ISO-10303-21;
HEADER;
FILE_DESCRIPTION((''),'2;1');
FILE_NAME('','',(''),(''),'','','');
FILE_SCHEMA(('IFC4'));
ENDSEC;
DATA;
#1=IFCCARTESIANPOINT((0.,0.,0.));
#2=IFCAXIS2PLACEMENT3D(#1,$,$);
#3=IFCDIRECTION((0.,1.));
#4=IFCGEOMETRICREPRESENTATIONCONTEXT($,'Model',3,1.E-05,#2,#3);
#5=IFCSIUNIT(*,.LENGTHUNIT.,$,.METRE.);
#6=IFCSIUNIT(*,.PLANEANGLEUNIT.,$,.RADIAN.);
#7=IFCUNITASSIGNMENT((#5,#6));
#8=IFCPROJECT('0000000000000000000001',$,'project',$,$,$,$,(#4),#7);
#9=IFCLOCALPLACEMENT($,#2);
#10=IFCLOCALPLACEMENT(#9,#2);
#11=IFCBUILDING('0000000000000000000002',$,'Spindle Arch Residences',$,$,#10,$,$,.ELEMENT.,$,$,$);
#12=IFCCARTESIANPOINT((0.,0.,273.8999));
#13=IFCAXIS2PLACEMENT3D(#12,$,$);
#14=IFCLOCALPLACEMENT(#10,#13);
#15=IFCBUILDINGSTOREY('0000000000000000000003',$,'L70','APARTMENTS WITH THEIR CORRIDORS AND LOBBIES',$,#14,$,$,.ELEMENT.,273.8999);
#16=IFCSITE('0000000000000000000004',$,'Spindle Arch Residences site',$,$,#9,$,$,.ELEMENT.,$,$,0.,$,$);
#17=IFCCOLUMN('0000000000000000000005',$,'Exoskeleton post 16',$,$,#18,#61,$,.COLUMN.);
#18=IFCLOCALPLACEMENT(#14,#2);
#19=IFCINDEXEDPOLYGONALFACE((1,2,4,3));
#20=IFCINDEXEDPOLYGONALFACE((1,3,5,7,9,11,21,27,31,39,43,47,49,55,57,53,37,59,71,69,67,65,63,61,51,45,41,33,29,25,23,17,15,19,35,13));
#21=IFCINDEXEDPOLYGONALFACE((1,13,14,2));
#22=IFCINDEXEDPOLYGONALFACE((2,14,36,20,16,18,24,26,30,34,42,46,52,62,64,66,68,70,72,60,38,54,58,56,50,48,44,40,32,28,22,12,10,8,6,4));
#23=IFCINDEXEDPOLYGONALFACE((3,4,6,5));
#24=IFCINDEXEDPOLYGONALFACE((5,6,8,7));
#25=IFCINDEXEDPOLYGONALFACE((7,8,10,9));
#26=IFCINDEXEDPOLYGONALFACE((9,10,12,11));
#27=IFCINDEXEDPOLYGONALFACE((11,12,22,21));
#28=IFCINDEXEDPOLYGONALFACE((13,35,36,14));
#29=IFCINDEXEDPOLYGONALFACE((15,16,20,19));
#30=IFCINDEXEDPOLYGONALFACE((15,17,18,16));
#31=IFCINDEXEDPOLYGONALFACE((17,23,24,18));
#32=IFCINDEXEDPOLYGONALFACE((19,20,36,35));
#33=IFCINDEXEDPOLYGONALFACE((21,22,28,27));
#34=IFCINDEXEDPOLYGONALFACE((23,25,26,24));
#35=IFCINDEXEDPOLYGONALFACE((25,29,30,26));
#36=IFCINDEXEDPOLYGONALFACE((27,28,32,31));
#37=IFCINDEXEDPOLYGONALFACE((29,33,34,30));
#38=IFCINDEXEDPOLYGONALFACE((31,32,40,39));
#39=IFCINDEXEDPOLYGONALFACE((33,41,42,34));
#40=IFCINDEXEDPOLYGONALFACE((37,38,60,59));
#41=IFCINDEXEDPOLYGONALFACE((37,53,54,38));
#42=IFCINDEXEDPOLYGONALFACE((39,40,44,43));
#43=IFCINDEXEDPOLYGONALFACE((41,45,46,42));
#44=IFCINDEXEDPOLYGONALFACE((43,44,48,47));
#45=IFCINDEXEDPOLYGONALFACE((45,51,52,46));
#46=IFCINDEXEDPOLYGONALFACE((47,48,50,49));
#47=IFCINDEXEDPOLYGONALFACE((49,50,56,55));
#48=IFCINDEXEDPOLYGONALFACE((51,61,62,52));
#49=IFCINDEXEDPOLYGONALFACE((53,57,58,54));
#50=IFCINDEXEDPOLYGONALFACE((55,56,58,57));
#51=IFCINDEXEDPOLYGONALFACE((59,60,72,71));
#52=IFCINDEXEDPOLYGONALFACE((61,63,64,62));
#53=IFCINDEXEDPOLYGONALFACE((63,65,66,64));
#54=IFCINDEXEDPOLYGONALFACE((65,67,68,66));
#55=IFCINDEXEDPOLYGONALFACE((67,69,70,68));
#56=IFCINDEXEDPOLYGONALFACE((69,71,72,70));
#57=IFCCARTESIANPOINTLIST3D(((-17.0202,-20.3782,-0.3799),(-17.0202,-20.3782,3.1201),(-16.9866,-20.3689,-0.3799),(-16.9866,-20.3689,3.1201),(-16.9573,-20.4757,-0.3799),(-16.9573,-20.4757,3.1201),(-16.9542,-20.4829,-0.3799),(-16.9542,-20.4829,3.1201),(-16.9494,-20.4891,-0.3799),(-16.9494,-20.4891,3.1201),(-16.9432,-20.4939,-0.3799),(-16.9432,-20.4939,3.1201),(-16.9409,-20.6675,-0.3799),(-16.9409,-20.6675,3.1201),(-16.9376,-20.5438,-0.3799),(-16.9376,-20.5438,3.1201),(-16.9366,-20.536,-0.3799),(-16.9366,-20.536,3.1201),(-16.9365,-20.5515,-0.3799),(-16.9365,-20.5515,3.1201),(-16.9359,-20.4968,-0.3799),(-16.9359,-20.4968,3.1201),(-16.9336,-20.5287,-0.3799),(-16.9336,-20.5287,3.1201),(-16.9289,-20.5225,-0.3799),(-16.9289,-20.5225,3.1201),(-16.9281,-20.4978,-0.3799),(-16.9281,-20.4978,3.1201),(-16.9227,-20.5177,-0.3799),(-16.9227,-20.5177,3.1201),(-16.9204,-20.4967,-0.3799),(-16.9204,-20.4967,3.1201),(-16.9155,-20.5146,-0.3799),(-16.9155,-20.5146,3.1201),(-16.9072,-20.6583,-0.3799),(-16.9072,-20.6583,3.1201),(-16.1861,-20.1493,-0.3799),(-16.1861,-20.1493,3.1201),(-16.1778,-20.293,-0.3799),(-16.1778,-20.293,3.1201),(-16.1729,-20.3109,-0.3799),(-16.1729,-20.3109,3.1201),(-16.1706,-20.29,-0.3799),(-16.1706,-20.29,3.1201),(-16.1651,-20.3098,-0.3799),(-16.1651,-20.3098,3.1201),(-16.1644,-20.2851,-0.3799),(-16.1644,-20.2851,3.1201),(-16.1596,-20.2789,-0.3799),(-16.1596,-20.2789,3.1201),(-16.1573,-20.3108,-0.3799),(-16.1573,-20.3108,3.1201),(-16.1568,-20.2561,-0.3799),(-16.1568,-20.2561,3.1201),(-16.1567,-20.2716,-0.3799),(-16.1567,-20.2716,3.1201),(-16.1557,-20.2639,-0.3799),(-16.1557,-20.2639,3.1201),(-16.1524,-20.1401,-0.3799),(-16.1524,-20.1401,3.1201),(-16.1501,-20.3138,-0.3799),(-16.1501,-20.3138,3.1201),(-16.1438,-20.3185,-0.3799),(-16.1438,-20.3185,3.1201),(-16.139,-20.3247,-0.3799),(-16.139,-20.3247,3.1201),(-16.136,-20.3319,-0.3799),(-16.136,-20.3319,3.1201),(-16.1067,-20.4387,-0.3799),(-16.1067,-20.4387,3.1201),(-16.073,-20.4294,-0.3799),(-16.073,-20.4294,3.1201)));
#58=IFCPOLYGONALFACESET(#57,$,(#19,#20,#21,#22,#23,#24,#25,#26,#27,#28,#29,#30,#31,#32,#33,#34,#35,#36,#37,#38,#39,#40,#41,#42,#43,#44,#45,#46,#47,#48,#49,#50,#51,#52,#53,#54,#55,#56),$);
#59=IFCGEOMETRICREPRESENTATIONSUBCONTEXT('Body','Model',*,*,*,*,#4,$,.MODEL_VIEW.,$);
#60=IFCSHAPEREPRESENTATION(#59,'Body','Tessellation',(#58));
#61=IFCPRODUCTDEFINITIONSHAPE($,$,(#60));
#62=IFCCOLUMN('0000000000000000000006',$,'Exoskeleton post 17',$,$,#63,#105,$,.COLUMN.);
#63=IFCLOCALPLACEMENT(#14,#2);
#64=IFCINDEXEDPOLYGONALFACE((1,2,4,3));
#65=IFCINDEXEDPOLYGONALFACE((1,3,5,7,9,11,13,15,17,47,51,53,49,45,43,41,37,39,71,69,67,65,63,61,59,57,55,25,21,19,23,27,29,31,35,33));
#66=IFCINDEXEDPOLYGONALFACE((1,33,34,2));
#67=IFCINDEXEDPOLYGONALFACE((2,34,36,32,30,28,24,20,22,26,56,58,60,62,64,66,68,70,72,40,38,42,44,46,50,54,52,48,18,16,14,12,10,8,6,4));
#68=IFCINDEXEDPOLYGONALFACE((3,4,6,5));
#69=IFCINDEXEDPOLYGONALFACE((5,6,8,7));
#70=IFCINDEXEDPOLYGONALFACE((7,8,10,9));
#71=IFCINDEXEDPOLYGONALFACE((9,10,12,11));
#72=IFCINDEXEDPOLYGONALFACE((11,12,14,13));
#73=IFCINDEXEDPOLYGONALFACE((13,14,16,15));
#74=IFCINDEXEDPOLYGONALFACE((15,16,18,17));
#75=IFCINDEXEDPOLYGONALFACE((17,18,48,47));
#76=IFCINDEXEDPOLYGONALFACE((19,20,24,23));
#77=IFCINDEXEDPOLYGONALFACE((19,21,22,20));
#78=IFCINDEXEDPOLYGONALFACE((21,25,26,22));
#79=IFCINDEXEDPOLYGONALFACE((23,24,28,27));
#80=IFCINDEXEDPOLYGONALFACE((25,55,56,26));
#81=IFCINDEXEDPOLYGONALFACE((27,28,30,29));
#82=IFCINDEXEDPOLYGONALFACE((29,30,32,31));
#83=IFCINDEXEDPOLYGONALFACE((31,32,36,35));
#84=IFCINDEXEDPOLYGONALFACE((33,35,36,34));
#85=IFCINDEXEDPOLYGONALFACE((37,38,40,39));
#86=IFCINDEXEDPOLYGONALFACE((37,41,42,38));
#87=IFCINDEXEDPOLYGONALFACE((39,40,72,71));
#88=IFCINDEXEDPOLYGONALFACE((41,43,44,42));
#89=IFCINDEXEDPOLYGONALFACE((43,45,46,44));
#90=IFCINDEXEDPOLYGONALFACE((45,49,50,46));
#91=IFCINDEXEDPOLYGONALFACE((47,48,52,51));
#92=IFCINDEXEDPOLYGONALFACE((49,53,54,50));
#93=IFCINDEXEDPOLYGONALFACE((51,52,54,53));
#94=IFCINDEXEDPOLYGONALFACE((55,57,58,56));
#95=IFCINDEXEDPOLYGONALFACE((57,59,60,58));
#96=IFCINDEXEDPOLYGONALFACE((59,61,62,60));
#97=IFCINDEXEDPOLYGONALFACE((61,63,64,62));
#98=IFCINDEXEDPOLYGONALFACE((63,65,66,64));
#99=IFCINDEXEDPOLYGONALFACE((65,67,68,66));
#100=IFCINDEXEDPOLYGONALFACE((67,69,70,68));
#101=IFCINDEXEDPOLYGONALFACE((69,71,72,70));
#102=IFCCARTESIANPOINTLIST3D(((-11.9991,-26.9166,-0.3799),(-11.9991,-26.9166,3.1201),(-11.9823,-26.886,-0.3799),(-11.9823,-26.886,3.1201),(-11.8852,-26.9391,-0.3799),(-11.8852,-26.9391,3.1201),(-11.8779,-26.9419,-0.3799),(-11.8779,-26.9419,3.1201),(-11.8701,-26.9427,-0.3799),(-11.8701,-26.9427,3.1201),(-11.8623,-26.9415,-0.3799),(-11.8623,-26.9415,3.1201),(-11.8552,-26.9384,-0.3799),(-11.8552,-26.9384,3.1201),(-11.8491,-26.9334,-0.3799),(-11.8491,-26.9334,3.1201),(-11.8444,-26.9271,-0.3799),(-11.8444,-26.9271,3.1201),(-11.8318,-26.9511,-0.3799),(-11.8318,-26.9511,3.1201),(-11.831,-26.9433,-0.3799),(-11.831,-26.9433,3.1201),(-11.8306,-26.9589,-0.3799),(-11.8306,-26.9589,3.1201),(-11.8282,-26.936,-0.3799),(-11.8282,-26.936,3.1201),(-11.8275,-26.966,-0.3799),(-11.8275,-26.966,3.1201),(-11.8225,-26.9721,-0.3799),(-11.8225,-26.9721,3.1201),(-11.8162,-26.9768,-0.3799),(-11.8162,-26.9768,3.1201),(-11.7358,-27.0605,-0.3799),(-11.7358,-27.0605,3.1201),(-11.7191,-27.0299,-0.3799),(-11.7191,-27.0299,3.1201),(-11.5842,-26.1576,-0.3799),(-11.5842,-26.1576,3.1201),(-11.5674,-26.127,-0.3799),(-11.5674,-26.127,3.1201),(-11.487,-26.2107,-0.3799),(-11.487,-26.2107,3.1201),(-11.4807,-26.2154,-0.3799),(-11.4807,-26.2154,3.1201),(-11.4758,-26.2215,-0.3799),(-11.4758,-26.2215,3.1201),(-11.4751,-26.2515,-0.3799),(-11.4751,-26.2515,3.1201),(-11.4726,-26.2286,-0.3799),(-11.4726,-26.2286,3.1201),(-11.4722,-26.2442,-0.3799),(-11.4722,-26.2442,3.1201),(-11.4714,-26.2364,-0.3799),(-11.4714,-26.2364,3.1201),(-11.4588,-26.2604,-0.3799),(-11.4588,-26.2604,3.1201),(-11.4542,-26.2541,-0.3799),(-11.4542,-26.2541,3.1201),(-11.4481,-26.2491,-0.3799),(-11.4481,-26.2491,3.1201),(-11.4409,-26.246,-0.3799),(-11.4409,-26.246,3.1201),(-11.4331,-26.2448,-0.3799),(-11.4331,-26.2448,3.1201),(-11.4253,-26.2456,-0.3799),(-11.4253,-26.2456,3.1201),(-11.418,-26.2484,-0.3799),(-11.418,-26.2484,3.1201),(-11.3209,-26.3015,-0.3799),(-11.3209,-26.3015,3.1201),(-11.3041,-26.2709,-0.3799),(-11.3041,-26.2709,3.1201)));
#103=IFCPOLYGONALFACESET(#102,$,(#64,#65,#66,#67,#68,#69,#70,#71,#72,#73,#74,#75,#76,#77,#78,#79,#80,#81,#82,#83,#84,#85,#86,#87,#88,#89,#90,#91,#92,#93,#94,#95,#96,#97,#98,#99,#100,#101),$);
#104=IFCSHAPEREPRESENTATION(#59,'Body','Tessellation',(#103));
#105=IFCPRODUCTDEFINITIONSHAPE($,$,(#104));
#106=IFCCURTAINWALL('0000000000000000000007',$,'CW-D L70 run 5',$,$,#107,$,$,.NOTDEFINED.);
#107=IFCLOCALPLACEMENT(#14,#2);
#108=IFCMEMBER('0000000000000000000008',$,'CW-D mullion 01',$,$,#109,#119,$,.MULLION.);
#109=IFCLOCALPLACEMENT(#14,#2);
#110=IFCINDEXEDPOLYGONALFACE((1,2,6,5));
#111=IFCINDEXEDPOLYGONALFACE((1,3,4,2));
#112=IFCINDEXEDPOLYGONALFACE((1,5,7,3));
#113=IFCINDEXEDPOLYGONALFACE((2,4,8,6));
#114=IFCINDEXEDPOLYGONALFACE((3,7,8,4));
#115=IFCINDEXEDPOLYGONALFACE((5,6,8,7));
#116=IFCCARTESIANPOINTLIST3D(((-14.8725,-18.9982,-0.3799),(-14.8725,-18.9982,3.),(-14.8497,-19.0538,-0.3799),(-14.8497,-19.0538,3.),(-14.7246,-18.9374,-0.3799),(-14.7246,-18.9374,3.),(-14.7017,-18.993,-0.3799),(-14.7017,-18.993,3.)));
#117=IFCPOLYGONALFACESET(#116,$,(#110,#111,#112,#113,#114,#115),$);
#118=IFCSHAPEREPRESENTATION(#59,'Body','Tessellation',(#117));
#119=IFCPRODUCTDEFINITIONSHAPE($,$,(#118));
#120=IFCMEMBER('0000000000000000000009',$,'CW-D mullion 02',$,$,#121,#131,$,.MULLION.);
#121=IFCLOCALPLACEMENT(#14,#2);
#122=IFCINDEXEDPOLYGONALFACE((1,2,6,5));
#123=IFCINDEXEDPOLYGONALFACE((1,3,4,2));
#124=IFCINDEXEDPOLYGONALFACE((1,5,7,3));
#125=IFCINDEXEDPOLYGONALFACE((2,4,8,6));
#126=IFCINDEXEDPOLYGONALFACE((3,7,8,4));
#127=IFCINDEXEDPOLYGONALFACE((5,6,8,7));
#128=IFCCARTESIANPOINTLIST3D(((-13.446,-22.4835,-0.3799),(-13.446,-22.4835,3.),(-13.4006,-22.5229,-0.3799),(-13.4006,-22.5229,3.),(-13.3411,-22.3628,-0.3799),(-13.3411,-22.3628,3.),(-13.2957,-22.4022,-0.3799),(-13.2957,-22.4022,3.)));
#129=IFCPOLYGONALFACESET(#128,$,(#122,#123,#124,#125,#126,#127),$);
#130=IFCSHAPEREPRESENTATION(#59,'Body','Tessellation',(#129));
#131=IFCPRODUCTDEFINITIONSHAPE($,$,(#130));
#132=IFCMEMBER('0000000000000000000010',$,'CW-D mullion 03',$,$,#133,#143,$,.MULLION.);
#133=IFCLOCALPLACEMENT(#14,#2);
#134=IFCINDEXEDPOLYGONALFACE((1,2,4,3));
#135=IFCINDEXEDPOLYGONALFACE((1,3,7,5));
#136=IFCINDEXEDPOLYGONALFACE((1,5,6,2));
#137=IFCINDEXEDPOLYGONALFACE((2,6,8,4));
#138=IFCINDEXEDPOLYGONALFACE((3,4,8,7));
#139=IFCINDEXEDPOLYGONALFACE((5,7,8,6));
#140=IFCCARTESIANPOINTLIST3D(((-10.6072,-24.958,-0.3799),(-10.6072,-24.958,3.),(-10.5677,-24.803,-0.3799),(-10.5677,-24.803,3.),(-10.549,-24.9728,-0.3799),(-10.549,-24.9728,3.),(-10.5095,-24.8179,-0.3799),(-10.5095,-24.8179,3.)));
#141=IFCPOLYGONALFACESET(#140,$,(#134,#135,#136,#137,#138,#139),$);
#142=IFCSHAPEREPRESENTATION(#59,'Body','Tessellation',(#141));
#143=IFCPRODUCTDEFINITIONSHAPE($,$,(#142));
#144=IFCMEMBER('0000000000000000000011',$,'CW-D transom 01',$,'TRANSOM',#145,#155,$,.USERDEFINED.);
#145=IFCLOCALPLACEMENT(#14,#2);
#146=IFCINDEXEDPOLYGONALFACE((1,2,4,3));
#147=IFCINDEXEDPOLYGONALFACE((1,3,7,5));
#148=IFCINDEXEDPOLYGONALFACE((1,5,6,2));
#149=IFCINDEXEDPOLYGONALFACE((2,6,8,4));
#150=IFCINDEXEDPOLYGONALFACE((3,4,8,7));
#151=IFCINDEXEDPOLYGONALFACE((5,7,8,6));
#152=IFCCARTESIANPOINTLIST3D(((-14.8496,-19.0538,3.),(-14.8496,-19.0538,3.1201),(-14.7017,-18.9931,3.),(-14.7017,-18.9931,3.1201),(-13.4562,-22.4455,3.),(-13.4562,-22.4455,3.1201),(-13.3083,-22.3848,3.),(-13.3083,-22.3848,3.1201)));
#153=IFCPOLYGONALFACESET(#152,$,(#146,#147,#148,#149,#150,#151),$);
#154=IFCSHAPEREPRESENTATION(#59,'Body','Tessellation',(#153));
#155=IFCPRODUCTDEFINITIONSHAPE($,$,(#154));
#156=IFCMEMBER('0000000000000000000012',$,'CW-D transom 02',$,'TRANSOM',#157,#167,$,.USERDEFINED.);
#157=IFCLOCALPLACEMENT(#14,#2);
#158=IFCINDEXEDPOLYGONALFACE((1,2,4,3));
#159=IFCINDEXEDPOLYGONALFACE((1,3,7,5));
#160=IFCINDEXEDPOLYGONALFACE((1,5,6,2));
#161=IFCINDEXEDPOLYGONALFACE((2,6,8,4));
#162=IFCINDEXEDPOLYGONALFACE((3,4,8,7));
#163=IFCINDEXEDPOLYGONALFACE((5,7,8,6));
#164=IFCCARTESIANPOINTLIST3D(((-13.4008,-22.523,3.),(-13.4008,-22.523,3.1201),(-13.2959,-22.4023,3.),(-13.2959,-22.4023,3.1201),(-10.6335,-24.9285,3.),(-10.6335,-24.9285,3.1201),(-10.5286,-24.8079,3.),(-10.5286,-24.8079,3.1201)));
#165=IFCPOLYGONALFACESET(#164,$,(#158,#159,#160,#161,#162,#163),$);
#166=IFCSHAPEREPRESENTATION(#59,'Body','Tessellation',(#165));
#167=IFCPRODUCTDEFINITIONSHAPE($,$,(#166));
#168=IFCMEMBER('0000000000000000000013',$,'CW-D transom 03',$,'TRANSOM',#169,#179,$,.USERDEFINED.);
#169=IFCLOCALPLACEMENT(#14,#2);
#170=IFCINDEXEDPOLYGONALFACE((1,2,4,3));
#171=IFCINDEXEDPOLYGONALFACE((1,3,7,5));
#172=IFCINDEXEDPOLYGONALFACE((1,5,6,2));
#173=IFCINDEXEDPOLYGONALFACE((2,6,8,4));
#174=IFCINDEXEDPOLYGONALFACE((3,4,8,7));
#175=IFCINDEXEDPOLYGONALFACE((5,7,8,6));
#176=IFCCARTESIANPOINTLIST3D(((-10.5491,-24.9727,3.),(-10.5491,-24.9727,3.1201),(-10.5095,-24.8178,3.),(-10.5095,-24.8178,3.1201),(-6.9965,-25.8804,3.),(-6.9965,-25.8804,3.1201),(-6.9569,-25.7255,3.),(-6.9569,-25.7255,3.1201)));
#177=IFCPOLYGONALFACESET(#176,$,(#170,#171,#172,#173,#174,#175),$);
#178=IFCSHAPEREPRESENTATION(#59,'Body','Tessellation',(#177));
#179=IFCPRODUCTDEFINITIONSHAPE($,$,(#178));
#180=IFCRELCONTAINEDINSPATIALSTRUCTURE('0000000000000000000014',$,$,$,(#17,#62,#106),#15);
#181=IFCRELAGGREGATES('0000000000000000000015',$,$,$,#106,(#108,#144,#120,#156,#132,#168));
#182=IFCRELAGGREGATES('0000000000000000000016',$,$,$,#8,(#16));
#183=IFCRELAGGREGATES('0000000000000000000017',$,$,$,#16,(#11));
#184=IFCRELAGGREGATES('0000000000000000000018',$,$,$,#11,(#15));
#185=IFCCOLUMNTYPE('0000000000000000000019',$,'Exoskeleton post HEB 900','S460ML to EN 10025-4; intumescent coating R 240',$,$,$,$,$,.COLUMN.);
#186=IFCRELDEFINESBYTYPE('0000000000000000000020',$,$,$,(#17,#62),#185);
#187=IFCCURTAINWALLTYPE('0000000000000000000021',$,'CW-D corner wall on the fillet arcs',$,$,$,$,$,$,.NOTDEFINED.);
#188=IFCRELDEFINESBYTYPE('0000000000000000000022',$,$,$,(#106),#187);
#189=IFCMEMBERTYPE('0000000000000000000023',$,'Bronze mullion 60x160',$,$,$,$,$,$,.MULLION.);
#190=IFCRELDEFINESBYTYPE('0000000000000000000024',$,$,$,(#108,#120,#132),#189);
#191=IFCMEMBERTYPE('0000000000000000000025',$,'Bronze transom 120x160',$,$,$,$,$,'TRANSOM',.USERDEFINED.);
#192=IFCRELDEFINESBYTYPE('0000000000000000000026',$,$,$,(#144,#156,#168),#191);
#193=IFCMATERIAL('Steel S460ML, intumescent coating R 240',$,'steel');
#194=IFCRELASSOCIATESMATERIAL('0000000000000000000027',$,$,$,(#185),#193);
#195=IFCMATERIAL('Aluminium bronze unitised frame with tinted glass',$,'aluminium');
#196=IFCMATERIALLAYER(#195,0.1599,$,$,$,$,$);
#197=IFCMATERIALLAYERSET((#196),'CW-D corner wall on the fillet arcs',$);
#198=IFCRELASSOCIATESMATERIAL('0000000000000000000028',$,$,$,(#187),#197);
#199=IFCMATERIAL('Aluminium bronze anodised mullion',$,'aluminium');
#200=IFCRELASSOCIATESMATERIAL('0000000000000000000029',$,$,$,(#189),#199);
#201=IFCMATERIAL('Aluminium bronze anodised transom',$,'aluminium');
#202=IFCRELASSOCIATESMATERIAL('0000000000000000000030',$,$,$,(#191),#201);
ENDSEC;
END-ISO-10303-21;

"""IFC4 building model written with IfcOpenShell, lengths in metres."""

from ifc_helpers import new_model, si_unit, direction, frame, origin, origin_2d, place, context, subcontext, project, spatial, rectangle, i_section, extrude, material, layer, layer_set, material_profile, profile_set, type_object, element, aggregate, save


model = new_model("IFC4")

# Units and contexts
model_context = context("Model", 3, precision=1e-05, world=origin(), true_north=direction((0.0, 1.0)))
body_context = subcontext(model_context, "Body", "Model", "MODEL_VIEW")
ifc_project = project(units=[si_unit("LENGTHUNIT", "METRE"), si_unit("PLANEANGLEUNIT", "RADIAN")], contexts=[model_context])

# Site, building, storey
site_placement = place(None, origin())
site = spatial("IfcSite", under=ifc_project, at=site_placement, Name="Spindle Arch Residences site", CompositionType="ELEMENT", RefElevation=0.0)
building_placement = place(site_placement, origin())
building = spatial("IfcBuilding", under=site, at=building_placement, Name="Spindle Arch Residences", CompositionType="ELEMENT")
storey_placement = place(building_placement, frame((0.0, 0.0, 273.8999)))
storey = spatial("IfcBuildingStorey", under=building, at=storey_placement, Name="L70", Description="APARTMENTS WITH THEIR CORRIDORS AND LOBBIES", CompositionType="ELEMENT", Elevation=273.8999)

# Columns
ifc_material_1 = material(Name="Steel S460ML, intumescent coating R 240", Category="steel")
ifc_material_profile_1 = material_profile(ifc_material_1, i_section(OverallWidth=0.3, OverallDepth=0.8999, WebThickness=0.0186, FlangeThickness=0.0349, FilletRadius=0.03, at=origin_2d()), Name="HEB 900")
ifc_profile_set_1 = profile_set([ifc_material_profile_1], Name="Steel S460ML, intumescent coating R 240")
column_type = type_object("IfcColumnType", Name="Exoskeleton post HEB 900", Description="S460ML to EN 10025-4; intumescent coating R 240", PredefinedType="COLUMN", material=ifc_profile_set_1)
for number, where, z_axis, x_axis, name in (
    (1, (-16.5466, -20.4038, -0.3799), (0.0, 0.0, 1.0), (-0.264569, 0.964367, 0.0), "Exoskeleton post 16"),
    (2, (-11.6516, -26.5938, -0.3799), (0.0, 0.0, 1.0), (-0.877435, 0.479696, 0.0), "Exoskeleton post 17"),
):
    element("IfcColumn", number, at=place(storey_placement, frame(where, z_axis=z_axis, x_axis=x_axis)), inside=storey, type_object=column_type, Name=name, PredefinedType="COLUMN", context=body_context, shape_type="SweptSolid", body=[
        extrude(i_section(OverallWidth=0.3, OverallDepth=0.8999, WebThickness=0.0186, FlangeThickness=0.0349, FilletRadius=0.03, at=origin_2d()), origin(), (0.0, 0.0, 1.0), 3.5),
    ])

# Curtain wall, members
ifc_material_2 = material(Name="Aluminium bronze unitised frame with tinted glass", Category="aluminium")
ifc_layer_1 = layer(ifc_material_2, 0.1599)
ifc_layer_set_1 = layer_set([ifc_layer_1], Name="CW-D corner wall on the fillet arcs")
curtain_wall_type = type_object("IfcCurtainWallType", Name="CW-D corner wall on the fillet arcs", PredefinedType="NOTDEFINED", material=ifc_layer_set_1)
curtain_wall_placement = place(storey_placement, origin())
curtain_wall = element("IfcCurtainWall", 3, at=curtain_wall_placement, inside=storey, type_object=curtain_wall_type, Name="CW-D L70 run 5", PredefinedType="NOTDEFINED")
ifc_material_3 = material(Name="Aluminium bronze anodised mullion", Category="aluminium")
ifc_material_profile_2 = material_profile(ifc_material_3, rectangle(XDim=0.1599, YDim=0.0601, at=origin_2d()), Name="MU 60x160")
ifc_profile_set_2 = profile_set([ifc_material_profile_2], Name="Aluminium bronze anodised mullion")
member_type_1 = type_object("IfcMemberType", Name="Bronze mullion 60x160", PredefinedType="MULLION", material=ifc_profile_set_2)
member_1_placement = place(storey_placement, frame((-14.7871, -18.9956, -0.3799), z_axis=(0.0, 0.0, 1.0), x_axis=(0.924989, 0.379994, 0.0)))
member_1 = element("IfcMember", 4, at=member_1_placement, type_object=member_type_1, Name="CW-D mullion 01", PredefinedType="MULLION", context=body_context, shape_type="SweptSolid", body=[
    extrude(rectangle(XDim=0.1599, YDim=0.0601, at=origin_2d()), origin(), (0.0, 0.0, 1.0), 3.3799),
])
member_2_placement = place(storey_placement, frame((-13.3708, -22.4429, -0.3799), z_axis=(0.0, 0.0, 1.0), x_axis=(0.656059, 0.75471, 0.0)))
member_2 = element("IfcMember", 5, at=member_2_placement, type_object=member_type_1, Name="CW-D mullion 02", PredefinedType="MULLION", context=body_context, shape_type="SweptSolid", body=[
    extrude(rectangle(XDim=0.1599, YDim=0.0601, at=origin_2d()), origin(), (0.0, 0.0, 1.0), 3.3799),
])
member_3_placement = place(storey_placement, frame((-10.5583, -24.8879, -0.3799), z_axis=(0.0, 0.0, 1.0), x_axis=(0.247563, 0.968872, 0.0)))
member_3 = element("IfcMember", 6, at=member_3_placement, type_object=member_type_1, Name="CW-D mullion 03", PredefinedType="MULLION", context=body_context, shape_type="SweptSolid", body=[
    extrude(rectangle(XDim=0.1599, YDim=0.0601, at=origin_2d()), origin(), (0.0, 0.0, 1.0), 3.3799),
])
ifc_material_4 = material(Name="Aluminium bronze anodised transom", Category="aluminium")
ifc_material_profile_3 = material_profile(ifc_material_4, rectangle(XDim=0.1599, YDim=0.1201, at=origin_2d()), Name="TR 120x160")
ifc_profile_set_3 = profile_set([ifc_material_profile_3], Name="Aluminium bronze anodised transom")
member_type_2 = type_object("IfcMemberType", Name="Bronze transom 120x160", ElementType="TRANSOM", PredefinedType="USERDEFINED", material=ifc_profile_set_3)
member_4_placement = place(storey_placement, frame((-14.7756, -19.0234, 3.0601), z_axis=(0.379996, -0.924988, 0.0), x_axis=(0.924988, 0.379996, 0.0)))
member_4 = element("IfcMember", 7, at=member_4_placement, type_object=member_type_2, Name="CW-D transom 01", ObjectType="TRANSOM", PredefinedType="USERDEFINED", context=body_context, shape_type="SweptSolid", body=[
    extrude(rectangle(XDim=0.1599, YDim=0.1201, at=origin_2d()), origin(), (0.0, 0.0, 1.0), 3.6667),
])
member_5_placement = place(storey_placement, frame((-13.3484, -22.4626, 3.0601), z_axis=(0.754722, -0.656045, 0.0), x_axis=(0.656045, 0.754722, 0.0)))
member_5 = element("IfcMember", 8, at=member_5_placement, type_object=member_type_2, Name="CW-D transom 02", ObjectType="TRANSOM", PredefinedType="USERDEFINED", context=body_context, shape_type="SweptSolid", body=[
    extrude(rectangle(XDim=0.1599, YDim=0.1201, at=origin_2d()), origin(), (0.0, 0.0, 1.0), 3.6667),
])
member_6_placement = place(storey_placement, frame((-10.5293, -24.8953, 3.0601), z_axis=(0.968876, -0.247545, 0.0), x_axis=(0.247545, 0.968876, 0.0)))
member_6 = element("IfcMember", 9, at=member_6_placement, type_object=member_type_2, Name="CW-D transom 03", ObjectType="TRANSOM", PredefinedType="USERDEFINED", context=body_context, shape_type="SweptSolid", body=[
    extrude(rectangle(XDim=0.1599, YDim=0.1201, at=origin_2d()), origin(), (0.0, 0.0, 1.0), 3.6667),
])

aggregate(curtain_wall, [member_1, member_4, member_2, member_5, member_3, member_6])

save(model, "model.ifc")
